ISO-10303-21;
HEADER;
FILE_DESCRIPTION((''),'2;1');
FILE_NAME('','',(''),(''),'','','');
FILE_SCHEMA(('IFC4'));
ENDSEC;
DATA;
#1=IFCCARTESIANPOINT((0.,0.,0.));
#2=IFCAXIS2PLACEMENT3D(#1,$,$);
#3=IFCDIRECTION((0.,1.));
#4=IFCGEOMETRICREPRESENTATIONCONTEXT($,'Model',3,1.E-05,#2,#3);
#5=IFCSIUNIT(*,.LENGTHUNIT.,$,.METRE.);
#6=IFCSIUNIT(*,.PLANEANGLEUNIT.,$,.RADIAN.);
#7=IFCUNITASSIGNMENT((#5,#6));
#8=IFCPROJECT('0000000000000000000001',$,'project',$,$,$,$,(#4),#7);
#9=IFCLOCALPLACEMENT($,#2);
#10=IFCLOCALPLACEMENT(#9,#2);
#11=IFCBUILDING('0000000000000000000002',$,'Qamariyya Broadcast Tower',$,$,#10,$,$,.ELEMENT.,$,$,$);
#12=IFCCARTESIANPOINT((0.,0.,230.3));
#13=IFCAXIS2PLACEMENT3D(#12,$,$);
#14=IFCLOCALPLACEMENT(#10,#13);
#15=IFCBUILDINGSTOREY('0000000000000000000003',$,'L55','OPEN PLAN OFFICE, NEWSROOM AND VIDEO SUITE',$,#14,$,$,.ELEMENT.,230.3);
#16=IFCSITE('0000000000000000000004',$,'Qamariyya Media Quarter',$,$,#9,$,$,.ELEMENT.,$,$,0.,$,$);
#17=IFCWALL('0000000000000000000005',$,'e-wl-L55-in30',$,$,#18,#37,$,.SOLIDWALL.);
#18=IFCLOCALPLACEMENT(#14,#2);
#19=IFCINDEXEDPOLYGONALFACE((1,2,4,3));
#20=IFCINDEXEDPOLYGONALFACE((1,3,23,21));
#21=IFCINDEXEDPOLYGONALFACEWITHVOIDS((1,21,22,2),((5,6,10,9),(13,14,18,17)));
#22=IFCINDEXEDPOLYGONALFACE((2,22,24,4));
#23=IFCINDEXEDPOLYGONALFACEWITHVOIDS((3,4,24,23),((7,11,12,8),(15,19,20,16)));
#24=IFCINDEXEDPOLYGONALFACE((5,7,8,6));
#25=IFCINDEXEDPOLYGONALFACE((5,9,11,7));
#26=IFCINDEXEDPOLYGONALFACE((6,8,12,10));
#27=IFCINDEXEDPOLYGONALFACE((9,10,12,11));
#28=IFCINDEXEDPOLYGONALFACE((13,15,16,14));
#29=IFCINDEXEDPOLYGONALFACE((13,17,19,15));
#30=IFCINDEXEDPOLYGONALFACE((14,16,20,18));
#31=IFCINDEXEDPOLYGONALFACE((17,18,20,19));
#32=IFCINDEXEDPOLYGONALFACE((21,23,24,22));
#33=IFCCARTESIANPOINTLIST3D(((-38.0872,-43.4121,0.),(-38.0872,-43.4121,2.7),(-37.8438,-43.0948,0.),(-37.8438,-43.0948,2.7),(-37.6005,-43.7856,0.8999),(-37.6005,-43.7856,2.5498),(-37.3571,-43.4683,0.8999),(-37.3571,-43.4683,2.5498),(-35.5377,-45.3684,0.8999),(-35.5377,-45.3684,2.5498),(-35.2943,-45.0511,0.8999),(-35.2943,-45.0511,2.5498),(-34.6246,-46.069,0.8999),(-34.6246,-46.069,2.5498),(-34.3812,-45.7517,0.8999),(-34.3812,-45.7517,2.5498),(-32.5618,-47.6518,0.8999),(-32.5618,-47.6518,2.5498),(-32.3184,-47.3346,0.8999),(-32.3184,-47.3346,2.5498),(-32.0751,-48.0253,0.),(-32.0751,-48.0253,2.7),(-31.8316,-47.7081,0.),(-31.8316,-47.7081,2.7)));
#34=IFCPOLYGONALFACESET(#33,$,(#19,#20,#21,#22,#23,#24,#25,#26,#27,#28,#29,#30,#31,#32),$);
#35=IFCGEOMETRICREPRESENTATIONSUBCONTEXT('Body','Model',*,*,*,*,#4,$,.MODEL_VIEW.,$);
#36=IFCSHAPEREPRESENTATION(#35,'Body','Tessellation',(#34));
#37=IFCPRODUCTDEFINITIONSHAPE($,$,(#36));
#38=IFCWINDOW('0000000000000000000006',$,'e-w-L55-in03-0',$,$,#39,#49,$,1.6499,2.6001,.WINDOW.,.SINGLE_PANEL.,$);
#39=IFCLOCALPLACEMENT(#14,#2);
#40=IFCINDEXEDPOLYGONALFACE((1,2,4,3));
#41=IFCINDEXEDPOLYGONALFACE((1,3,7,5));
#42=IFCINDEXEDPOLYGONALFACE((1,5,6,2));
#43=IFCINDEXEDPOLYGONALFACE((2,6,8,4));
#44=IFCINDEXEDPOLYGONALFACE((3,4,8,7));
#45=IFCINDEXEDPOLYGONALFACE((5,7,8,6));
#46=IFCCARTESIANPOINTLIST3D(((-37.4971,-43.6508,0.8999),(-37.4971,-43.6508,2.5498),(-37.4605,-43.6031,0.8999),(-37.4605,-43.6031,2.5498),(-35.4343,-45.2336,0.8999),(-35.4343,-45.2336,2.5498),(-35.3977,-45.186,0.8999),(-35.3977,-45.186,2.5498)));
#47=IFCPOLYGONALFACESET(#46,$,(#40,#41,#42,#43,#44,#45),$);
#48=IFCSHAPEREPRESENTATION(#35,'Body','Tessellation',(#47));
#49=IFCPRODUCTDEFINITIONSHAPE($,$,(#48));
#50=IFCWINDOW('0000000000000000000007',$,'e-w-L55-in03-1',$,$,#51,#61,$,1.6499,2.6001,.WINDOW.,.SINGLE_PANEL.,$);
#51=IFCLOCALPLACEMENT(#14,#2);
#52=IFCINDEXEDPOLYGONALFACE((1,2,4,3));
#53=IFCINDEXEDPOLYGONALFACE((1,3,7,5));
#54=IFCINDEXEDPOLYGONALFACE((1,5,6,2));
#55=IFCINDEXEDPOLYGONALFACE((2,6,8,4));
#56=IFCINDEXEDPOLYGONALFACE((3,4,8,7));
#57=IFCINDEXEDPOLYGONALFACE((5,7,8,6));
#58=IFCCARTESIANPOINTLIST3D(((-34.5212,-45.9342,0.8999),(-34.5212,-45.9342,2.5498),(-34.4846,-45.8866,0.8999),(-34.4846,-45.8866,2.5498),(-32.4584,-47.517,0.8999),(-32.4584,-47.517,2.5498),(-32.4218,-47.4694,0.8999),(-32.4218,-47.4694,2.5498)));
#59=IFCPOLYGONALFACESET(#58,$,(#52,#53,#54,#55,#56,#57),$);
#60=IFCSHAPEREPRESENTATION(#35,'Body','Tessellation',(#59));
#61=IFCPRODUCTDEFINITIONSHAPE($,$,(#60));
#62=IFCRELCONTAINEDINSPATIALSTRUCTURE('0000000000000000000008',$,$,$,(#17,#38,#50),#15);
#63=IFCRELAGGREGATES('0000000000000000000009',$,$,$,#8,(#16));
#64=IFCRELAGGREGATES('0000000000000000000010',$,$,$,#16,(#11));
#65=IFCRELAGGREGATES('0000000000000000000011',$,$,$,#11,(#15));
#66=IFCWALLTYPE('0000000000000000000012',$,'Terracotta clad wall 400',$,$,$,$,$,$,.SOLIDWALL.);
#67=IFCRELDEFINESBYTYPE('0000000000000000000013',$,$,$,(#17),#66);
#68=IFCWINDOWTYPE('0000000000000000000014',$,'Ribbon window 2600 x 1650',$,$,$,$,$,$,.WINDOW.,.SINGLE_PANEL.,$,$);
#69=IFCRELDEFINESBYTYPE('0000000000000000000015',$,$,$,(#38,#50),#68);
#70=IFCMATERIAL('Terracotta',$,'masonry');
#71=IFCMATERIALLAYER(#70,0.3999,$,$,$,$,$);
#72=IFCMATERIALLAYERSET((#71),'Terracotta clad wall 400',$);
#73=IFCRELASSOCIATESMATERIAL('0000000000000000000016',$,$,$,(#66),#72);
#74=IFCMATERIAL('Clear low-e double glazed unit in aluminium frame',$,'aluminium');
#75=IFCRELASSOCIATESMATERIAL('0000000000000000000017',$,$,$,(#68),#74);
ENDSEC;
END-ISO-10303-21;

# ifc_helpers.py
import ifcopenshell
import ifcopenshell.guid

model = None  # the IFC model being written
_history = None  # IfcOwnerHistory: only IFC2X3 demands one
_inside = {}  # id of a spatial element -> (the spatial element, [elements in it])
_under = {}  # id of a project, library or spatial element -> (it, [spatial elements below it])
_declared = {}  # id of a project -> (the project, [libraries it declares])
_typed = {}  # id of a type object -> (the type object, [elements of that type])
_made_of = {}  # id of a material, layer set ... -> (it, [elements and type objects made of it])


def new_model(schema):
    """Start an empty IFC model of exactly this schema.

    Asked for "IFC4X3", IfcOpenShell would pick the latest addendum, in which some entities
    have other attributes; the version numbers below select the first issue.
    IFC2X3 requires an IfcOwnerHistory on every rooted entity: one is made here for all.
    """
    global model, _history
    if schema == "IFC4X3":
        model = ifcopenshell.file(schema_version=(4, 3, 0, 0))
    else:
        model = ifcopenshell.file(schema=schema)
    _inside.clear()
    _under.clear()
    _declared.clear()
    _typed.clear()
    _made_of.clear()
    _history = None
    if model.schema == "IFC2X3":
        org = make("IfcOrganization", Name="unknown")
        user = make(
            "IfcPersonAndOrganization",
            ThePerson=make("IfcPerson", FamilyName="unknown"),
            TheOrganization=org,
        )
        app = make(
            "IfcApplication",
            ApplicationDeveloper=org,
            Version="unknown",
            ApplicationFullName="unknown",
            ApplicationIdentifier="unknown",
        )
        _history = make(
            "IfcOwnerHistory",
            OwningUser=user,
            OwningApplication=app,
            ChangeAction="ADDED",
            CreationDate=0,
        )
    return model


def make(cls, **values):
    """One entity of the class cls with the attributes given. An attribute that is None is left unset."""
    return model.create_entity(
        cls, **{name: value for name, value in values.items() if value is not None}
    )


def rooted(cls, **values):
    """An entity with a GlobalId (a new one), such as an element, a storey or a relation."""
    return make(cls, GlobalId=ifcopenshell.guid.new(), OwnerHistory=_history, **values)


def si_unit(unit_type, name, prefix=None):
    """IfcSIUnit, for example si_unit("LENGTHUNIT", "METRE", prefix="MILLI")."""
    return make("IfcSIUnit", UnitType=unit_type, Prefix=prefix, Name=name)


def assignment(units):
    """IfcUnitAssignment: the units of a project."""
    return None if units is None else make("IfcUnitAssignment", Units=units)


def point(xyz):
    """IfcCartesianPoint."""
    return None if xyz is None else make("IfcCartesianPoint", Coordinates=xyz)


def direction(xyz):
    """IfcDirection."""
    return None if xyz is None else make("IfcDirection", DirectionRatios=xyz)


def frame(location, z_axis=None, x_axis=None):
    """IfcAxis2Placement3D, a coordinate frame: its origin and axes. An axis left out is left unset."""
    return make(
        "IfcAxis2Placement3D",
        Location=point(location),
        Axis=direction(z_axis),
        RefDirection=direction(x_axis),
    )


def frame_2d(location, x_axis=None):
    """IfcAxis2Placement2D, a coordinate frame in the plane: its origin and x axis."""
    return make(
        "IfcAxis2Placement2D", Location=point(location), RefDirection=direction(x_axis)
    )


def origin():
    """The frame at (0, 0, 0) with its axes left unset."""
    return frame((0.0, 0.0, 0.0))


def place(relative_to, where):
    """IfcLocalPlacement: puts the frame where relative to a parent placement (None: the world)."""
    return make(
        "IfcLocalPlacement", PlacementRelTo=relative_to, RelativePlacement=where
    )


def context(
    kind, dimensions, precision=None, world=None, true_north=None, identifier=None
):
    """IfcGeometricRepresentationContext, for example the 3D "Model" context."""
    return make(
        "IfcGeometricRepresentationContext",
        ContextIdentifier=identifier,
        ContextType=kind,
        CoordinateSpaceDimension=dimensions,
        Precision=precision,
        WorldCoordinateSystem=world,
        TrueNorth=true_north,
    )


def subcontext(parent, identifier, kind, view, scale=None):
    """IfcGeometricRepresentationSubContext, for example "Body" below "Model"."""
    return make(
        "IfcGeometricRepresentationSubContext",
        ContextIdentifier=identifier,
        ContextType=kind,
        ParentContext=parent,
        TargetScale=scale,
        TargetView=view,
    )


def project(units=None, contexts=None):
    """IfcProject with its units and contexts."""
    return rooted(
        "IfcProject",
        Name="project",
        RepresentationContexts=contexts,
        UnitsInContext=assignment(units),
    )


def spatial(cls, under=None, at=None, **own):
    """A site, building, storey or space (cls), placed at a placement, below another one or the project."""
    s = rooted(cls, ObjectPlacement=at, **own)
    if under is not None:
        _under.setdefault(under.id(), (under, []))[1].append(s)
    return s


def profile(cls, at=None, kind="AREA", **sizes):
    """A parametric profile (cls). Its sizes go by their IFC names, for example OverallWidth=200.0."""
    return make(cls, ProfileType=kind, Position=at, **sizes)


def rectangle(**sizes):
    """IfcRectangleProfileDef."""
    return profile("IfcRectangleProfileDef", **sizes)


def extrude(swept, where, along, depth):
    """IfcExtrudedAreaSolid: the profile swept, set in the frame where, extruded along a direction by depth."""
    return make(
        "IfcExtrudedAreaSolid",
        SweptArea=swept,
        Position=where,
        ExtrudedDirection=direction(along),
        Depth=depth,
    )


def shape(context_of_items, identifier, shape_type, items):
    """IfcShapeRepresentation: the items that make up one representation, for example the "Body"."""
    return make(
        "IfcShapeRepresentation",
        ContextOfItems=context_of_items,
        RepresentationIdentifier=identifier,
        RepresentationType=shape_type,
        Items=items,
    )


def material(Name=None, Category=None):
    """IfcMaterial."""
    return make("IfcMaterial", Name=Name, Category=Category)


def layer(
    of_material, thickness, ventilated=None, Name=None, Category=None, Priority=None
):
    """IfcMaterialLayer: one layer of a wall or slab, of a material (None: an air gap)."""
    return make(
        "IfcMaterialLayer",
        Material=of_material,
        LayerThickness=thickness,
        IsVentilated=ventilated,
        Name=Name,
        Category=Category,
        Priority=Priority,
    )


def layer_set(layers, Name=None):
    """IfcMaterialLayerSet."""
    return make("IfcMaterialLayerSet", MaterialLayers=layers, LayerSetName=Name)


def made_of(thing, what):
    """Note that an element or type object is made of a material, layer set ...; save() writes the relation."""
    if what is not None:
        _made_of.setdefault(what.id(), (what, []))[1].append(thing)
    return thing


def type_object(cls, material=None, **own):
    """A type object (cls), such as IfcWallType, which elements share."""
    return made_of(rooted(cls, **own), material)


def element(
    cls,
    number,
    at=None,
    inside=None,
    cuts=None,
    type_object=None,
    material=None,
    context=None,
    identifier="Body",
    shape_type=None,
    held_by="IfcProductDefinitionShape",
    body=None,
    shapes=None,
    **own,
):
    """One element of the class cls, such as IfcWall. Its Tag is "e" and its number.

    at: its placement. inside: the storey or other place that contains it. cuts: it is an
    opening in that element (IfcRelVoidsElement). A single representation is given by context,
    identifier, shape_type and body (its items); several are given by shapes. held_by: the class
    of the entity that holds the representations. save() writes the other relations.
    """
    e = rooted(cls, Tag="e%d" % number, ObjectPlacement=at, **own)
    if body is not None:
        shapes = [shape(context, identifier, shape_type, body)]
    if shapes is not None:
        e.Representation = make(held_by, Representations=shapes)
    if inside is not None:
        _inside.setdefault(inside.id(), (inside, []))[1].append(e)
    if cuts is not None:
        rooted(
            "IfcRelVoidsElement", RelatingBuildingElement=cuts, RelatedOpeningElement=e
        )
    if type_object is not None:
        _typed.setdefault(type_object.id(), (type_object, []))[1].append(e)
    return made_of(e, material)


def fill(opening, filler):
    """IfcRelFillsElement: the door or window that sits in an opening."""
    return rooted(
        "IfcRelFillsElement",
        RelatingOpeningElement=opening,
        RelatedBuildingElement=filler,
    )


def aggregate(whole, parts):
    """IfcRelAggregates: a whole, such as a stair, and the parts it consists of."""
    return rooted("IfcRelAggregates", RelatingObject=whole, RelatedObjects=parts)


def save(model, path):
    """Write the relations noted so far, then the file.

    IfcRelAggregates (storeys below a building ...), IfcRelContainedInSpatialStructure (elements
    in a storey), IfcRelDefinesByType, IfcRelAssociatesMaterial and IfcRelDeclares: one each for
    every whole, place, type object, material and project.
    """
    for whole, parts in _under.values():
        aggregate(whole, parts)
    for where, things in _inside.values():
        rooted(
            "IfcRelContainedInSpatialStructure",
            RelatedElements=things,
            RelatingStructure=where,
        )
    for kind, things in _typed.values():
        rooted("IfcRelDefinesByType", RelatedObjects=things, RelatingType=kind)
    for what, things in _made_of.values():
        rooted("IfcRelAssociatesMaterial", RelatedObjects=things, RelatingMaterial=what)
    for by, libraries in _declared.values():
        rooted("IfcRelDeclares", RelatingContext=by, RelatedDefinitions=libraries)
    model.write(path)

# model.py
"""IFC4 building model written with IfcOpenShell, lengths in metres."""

from ifc_helpers import new_model, si_unit, direction, frame, frame_2d, origin, place, context, subcontext, project, spatial, rectangle, extrude, material, layer, layer_set, type_object, element, fill, save


model = new_model("IFC4")

# Units and contexts
model_context = context("Model", 3, precision=1e-05, world=origin(), true_north=direction((0.0, 1.0)))
body_context = subcontext(model_context, "Body", "Model", "MODEL_VIEW")
ifc_project = project(units=[si_unit("LENGTHUNIT", "METRE"), si_unit("PLANEANGLEUNIT", "RADIAN")], contexts=[model_context])

# Site, building, storey
site_placement = place(None, origin())
site = spatial("IfcSite", under=ifc_project, at=site_placement, Name="Qamariyya Media Quarter", CompositionType="ELEMENT", RefElevation=0.0)
building_placement = place(site_placement, origin())
building = spatial("IfcBuilding", under=site, at=building_placement, Name="Qamariyya Broadcast Tower", CompositionType="ELEMENT")
storey_placement = place(building_placement, frame((0.0, 0.0, 230.3)))
storey = spatial("IfcBuildingStorey", under=building, at=storey_placement, Name="L55", Description="OPEN PLAN OFFICE, NEWSROOM AND VIDEO SUITE", CompositionType="ELEMENT", Elevation=230.3)

# Wall, openings, windows
ifc_material_1 = material(Name="Terracotta", Category="masonry")
ifc_layer_1 = layer(ifc_material_1, 0.3999)
ifc_layer_set_1 = layer_set([ifc_layer_1], Name="Terracotta clad wall 400")
wall_type = type_object("IfcWallType", Name="Terracotta clad wall 400", PredefinedType="SOLIDWALL", material=ifc_layer_set_1)
ifc_material_2 = material(Name="Clear low-e double glazed unit in aluminium frame", Category="aluminium")
window_type = type_object("IfcWindowType", Name="Ribbon window 2600 x 1650", PartitioningType="SINGLE_PANEL", PredefinedType="WINDOW", material=ifc_material_2)
wall_1_placement = place(storey_placement, frame((-31.9534, -47.8667, 0.0), z_axis=(0.0, 0.0, 1.0), x_axis=(-0.793356, 0.608757, 0.0)))
wall_1 = element("IfcWall", 1, at=wall_1_placement, inside=storey, type_object=wall_type, Name="e-wl-L55-in30", PredefinedType="SOLIDWALL", context=body_context, shape_type="SweptSolid", body=[
    extrude(rectangle(XDim=7.5781, YDim=0.3999, at=frame_2d((3.7891, 0.0))), origin(), (0.0, 0.0, 1.0), 2.7),
])
opening_1_placement = place(wall_1_placement, frame((4.3645, 0.0, 0.8999)))
opening_1 = element("IfcOpeningElement", 2, at=opening_1_placement, cuts=wall_1, PredefinedType="OPENING", context=body_context, shape_type="SweptSolid", body=[
    extrude(rectangle(XDim=2.6001, YDim=1.6499, at=frame_2d((1.3, 0.825))), frame((0.0, 0.21, 0.0), z_axis=(0.0, -1.0, 0.0), x_axis=(1.0, 0.0, 0.0)), (0.0, 0.0, 1.0), 0.4199),
])
opening_2_placement = place(wall_1_placement, frame((0.6135, 0.0, 0.8999)))
opening_2 = element("IfcOpeningElement", 3, at=opening_2_placement, cuts=wall_1, PredefinedType="OPENING", context=body_context, shape_type="SweptSolid", body=[
    extrude(rectangle(XDim=2.6001, YDim=1.6499, at=frame_2d((1.3, 0.825))), frame((0.0, 0.21, 0.0), z_axis=(0.0, -1.0, 0.0), x_axis=(1.0, 0.0, 0.0)), (0.0, 0.0, 1.0), 0.4199),
])
window_1_placement = place(opening_1_placement, origin())
window_1 = element("IfcWindow", 4, at=window_1_placement, inside=storey, type_object=window_type, Name="e-w-L55-in03-0", OverallHeight=1.6499, OverallWidth=2.6001, PartitioningType="SINGLE_PANEL", PredefinedType="WINDOW", context=body_context, shape_type="SweptSolid", body=[
    extrude(rectangle(XDim=2.6001, YDim=1.6499, at=frame_2d((1.3, 0.825))), frame((0.0, 0.03, 0.0), z_axis=(0.0, -1.0, 0.0), x_axis=(1.0, 0.0, 0.0)), (0.0, 0.0, 1.0), 0.0601),
])
fill(opening_1, window_1)
window_2_placement = place(opening_2_placement, origin())
window_2 = element("IfcWindow", 5, at=window_2_placement, inside=storey, type_object=window_type, Name="e-w-L55-in03-1", OverallHeight=1.6499, OverallWidth=2.6001, PartitioningType="SINGLE_PANEL", PredefinedType="WINDOW", context=body_context, shape_type="SweptSolid", body=[
    extrude(rectangle(XDim=2.6001, YDim=1.6499, at=frame_2d((1.3, 0.825))), frame((0.0, 0.03, 0.0), z_axis=(0.0, -1.0, 0.0), x_axis=(1.0, 0.0, 0.0)), (0.0, 0.0, 1.0), 0.0601),
])
fill(opening_2, window_2)

save(model, "model.ifc")
